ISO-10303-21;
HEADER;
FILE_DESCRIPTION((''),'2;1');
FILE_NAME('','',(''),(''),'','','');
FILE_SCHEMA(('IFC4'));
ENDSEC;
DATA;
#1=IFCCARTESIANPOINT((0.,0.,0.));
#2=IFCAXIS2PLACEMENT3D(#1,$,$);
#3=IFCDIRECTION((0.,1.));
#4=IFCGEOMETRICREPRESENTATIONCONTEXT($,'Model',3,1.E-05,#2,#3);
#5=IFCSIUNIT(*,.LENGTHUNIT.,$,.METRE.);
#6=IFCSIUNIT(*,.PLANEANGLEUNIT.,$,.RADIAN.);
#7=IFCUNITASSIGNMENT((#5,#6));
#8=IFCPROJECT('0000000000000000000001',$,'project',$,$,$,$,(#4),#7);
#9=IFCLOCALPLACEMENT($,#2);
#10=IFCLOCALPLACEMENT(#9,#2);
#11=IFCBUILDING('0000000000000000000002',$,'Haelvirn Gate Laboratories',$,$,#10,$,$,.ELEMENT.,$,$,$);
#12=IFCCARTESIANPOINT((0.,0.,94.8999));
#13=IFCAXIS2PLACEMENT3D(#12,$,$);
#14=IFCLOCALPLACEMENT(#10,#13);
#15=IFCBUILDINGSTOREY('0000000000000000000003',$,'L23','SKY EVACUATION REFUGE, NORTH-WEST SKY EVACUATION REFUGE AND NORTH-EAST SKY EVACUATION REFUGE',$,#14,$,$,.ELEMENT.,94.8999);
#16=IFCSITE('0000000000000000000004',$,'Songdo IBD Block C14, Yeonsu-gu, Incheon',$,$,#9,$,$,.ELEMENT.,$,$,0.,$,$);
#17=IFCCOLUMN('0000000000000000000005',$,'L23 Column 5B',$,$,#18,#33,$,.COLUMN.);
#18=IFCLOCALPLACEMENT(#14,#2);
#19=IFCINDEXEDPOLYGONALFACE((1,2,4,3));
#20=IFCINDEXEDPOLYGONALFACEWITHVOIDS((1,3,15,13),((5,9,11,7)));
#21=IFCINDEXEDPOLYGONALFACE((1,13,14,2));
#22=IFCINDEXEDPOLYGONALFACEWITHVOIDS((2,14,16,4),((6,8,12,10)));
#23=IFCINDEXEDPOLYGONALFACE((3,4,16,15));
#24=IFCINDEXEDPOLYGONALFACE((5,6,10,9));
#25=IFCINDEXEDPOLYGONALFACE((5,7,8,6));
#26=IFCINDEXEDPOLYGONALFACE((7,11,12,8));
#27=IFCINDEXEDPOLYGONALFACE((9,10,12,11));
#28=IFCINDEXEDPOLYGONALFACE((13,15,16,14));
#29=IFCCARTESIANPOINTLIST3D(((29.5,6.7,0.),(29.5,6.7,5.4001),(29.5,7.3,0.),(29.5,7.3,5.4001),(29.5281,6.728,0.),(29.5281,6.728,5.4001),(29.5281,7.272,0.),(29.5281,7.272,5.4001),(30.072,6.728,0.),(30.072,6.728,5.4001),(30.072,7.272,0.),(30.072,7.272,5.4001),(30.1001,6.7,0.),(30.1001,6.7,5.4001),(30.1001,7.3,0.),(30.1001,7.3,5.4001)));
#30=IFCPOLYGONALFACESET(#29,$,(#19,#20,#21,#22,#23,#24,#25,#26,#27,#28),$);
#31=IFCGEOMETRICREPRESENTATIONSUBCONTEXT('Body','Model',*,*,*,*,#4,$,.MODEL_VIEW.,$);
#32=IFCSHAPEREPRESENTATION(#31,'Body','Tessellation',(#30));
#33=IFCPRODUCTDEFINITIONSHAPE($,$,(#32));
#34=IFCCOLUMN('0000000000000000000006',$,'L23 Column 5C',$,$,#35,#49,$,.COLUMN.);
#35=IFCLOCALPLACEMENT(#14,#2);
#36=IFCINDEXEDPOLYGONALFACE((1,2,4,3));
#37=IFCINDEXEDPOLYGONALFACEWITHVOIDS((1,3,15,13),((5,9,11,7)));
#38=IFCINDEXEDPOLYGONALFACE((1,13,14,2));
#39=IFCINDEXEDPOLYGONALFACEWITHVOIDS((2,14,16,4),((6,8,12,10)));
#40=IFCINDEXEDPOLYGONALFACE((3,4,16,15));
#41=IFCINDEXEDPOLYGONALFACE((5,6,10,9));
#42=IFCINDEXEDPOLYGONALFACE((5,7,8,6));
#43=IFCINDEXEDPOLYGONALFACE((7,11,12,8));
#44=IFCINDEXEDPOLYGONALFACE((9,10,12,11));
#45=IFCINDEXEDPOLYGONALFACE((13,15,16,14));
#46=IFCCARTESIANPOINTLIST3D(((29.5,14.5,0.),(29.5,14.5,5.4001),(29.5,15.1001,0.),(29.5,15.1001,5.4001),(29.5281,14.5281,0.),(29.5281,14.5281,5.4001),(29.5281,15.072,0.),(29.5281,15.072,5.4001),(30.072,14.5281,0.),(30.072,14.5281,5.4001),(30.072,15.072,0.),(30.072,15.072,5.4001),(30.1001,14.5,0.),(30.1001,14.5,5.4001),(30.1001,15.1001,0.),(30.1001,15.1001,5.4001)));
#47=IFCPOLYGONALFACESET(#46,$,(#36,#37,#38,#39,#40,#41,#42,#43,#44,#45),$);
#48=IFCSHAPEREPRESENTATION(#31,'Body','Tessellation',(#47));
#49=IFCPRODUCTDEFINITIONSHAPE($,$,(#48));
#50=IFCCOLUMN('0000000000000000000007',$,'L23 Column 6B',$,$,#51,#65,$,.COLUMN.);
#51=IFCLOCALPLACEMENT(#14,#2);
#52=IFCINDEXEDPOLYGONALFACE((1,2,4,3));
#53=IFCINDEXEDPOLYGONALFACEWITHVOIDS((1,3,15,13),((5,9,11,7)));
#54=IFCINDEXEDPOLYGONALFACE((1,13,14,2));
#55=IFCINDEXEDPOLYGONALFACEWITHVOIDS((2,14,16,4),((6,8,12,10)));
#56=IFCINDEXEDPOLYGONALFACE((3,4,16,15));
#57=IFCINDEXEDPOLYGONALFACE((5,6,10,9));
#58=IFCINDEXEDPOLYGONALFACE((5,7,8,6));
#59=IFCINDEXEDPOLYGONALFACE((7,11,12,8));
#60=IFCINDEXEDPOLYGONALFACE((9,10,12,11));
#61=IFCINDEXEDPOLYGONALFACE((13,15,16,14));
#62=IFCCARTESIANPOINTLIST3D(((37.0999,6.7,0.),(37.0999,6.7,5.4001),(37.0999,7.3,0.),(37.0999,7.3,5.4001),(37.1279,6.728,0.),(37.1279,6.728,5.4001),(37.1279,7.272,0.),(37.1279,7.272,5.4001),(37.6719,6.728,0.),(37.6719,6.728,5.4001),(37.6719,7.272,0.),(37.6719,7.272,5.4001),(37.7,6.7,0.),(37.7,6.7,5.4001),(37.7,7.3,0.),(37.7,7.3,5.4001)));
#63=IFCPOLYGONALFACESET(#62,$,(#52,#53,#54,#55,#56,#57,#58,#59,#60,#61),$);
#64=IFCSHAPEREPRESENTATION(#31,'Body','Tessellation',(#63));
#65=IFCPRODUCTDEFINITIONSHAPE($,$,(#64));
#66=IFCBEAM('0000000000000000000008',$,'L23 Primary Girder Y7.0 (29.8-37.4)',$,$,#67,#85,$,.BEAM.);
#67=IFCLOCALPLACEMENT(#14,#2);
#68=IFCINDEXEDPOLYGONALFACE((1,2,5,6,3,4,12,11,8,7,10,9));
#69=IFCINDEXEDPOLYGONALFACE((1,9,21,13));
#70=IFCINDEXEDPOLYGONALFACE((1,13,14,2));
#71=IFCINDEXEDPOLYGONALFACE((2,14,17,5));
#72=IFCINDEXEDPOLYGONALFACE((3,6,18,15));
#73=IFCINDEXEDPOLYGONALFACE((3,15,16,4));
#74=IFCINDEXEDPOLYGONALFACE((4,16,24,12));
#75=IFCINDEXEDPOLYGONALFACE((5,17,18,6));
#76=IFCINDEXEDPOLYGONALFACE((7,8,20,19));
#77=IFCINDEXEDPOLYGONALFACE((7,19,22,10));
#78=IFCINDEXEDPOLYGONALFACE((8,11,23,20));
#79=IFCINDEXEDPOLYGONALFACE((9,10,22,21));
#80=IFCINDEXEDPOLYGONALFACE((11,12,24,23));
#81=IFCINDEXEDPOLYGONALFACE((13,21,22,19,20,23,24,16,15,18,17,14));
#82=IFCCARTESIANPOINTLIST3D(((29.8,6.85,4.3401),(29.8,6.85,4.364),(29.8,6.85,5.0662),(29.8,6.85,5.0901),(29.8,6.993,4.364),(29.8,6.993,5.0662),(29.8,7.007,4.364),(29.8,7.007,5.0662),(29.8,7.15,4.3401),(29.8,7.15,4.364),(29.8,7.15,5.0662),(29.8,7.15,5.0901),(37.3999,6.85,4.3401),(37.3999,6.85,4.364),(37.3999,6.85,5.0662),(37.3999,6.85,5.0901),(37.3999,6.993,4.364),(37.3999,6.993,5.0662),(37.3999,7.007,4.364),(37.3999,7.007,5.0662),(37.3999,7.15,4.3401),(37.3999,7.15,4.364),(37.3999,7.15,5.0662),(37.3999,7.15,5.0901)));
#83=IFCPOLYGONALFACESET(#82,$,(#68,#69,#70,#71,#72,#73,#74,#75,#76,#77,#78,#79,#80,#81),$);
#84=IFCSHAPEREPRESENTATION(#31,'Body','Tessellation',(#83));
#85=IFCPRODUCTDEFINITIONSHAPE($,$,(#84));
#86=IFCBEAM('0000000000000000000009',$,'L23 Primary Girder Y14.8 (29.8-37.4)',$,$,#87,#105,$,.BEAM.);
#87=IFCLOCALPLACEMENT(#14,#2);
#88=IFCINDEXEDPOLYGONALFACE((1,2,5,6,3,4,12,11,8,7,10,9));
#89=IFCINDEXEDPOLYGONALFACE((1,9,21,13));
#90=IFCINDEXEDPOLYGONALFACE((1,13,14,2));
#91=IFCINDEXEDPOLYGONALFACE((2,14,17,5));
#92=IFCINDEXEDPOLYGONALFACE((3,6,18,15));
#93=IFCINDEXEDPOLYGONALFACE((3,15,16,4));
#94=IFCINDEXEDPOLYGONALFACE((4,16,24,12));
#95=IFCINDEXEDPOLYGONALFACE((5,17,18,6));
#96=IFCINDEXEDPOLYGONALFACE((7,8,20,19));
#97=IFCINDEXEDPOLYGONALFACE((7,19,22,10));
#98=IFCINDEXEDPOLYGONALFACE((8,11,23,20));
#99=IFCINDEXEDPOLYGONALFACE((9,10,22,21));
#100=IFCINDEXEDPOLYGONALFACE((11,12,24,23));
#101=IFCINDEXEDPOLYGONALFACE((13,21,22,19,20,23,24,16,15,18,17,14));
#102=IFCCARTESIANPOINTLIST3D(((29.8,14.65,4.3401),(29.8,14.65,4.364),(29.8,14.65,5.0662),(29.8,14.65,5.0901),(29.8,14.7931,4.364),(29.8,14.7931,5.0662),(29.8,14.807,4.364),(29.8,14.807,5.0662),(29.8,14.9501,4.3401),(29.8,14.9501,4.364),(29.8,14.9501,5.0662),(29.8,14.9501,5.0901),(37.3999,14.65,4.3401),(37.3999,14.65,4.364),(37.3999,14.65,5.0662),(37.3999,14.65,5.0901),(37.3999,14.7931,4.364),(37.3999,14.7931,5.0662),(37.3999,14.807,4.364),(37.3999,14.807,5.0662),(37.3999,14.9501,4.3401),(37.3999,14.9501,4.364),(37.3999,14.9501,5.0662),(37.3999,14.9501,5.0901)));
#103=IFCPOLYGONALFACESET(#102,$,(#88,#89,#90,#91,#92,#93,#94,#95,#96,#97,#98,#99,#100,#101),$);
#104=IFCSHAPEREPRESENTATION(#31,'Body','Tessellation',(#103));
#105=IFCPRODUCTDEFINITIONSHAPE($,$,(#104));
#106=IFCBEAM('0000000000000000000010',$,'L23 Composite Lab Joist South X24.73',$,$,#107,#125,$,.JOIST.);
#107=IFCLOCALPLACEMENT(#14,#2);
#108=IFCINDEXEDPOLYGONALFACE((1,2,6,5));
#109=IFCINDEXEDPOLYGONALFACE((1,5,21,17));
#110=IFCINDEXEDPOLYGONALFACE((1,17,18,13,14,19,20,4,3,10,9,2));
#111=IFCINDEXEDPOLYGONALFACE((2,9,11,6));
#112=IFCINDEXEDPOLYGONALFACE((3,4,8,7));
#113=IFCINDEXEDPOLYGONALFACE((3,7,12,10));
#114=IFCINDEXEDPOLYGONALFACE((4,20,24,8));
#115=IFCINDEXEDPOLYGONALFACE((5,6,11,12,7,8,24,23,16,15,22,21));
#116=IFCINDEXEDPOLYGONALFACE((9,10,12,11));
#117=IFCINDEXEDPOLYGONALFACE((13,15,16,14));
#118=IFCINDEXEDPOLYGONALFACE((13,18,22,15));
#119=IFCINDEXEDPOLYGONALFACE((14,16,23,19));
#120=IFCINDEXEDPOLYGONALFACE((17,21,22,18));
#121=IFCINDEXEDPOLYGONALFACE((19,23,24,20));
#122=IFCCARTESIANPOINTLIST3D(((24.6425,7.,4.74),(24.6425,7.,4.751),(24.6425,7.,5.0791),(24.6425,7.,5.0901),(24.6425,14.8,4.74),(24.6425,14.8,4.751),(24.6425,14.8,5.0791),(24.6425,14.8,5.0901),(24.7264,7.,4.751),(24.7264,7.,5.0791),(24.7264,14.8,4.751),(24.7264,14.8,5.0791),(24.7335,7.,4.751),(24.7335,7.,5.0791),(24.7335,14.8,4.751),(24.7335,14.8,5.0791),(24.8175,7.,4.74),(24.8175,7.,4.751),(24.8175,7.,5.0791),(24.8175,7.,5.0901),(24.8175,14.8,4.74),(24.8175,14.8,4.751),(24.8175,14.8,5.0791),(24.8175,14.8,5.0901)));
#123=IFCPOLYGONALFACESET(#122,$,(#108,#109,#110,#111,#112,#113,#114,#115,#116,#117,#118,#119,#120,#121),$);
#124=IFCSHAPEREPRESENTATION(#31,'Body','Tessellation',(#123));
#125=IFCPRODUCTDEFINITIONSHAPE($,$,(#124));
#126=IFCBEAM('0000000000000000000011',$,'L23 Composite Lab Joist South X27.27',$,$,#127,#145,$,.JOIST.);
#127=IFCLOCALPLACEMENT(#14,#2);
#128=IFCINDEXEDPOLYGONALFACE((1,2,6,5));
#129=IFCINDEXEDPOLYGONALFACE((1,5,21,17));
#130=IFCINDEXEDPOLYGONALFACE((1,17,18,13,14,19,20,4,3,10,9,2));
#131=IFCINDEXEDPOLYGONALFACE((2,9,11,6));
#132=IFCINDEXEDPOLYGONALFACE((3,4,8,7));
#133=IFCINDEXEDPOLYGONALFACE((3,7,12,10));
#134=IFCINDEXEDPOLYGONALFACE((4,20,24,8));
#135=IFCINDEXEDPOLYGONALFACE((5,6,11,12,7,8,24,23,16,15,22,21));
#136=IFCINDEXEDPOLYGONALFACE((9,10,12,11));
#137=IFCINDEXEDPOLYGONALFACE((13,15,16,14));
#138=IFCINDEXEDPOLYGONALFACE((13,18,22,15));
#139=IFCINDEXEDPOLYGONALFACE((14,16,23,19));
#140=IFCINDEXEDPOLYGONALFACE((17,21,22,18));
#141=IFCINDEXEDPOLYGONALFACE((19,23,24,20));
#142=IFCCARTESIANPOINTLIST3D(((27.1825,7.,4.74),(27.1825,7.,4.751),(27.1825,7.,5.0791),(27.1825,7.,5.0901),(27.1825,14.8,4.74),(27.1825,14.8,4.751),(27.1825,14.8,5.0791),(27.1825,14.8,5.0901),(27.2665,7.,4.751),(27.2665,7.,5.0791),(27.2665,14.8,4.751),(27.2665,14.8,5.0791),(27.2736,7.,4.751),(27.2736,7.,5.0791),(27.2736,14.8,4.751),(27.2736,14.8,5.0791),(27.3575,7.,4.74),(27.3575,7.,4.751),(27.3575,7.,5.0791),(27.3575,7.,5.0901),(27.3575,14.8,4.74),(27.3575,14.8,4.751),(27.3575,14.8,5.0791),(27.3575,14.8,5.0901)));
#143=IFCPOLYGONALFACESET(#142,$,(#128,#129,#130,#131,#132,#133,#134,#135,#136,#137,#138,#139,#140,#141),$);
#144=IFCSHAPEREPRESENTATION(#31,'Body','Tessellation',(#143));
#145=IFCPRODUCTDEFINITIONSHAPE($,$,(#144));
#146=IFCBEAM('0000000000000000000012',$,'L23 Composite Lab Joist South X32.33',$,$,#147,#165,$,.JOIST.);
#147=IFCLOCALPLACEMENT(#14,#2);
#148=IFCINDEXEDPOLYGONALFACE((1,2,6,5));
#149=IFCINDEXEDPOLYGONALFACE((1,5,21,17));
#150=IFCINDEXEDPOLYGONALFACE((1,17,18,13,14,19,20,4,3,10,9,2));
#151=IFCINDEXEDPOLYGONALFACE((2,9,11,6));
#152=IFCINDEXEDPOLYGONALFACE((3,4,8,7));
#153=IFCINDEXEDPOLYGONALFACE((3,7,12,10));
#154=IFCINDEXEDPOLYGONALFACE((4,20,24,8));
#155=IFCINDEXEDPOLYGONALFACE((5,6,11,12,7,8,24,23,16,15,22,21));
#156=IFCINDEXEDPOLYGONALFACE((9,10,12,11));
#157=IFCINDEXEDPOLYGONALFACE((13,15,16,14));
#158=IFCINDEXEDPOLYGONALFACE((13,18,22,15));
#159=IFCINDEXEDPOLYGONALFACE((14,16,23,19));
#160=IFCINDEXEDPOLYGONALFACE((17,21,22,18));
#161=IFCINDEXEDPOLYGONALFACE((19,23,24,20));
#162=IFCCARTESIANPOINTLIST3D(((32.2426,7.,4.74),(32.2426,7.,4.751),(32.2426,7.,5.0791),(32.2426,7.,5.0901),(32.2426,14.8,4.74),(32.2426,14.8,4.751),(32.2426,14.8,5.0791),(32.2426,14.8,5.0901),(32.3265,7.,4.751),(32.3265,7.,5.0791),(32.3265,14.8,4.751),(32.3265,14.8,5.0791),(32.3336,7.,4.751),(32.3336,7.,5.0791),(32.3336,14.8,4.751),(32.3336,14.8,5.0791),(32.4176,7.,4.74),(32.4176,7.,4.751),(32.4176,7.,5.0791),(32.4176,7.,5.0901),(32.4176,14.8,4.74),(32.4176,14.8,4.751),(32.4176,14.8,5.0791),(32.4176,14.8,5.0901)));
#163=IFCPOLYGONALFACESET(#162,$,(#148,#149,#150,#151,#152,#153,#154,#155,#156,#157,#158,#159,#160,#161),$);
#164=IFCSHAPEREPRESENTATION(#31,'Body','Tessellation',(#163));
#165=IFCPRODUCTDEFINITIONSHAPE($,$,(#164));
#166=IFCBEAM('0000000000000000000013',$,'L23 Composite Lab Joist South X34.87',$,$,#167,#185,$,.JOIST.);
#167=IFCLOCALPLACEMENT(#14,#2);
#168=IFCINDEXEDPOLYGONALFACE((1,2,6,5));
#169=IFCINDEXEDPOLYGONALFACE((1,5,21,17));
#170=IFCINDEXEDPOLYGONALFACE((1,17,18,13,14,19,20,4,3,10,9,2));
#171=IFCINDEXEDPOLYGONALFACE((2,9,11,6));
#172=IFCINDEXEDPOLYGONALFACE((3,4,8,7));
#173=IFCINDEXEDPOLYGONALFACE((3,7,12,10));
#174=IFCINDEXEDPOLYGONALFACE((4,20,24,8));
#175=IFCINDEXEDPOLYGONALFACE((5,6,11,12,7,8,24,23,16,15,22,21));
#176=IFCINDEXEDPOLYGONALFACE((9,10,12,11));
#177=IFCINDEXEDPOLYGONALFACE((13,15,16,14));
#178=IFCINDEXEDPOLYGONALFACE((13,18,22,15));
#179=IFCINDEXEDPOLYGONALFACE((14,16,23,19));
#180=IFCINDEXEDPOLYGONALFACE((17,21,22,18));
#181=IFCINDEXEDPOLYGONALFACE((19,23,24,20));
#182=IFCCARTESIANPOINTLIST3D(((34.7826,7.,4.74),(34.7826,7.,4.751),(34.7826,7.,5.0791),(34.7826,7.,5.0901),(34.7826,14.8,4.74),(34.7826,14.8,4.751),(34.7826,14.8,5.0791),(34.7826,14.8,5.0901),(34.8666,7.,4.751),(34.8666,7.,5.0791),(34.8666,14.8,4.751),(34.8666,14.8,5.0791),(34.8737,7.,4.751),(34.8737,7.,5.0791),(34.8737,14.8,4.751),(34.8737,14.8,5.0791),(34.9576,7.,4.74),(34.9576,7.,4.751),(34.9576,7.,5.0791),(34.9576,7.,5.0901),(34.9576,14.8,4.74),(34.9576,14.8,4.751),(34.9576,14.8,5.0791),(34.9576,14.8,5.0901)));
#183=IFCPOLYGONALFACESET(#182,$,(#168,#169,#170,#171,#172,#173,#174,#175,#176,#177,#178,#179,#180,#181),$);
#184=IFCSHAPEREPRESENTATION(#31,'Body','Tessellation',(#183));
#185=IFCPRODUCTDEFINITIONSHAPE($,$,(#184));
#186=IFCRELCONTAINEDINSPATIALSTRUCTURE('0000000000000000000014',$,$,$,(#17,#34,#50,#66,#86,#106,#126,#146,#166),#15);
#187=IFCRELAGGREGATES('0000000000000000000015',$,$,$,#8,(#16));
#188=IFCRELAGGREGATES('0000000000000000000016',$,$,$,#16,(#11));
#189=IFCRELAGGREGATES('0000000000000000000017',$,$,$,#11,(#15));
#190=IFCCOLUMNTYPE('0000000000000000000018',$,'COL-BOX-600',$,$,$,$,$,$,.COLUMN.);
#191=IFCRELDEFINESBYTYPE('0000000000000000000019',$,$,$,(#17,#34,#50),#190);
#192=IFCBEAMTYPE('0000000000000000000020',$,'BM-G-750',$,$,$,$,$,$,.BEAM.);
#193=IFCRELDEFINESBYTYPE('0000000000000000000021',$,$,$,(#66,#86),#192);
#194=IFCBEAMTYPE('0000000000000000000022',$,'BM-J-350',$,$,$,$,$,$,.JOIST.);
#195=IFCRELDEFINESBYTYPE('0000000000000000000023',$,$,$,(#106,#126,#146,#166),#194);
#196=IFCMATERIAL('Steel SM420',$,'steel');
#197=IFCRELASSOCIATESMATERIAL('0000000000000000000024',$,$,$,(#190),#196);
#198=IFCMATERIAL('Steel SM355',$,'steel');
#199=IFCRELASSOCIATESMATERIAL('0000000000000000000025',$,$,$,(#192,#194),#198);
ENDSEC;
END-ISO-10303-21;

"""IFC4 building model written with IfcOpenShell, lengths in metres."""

from ifc_helpers import new_model, si_unit, direction, frame, origin, origin_2d, place, context, subcontext, project, spatial, hollow_rectangle, i_section, extrude, source, transform, mapped, material, material_profile, profile_set, type_object, type_shapes, element, save


model = new_model("IFC4")

# Units and contexts
model_context = context("Model", 3, precision=1e-05, world=origin(), true_north=direction((0.0, 1.0)))
body_context = subcontext(model_context, "Body", "Model", "MODEL_VIEW")
ifc_project = project(units=[si_unit("LENGTHUNIT", "METRE"), si_unit("PLANEANGLEUNIT", "RADIAN")], contexts=[model_context])

# Site, building, storey
site_placement = place(None, origin())
site = spatial("IfcSite", under=ifc_project, at=site_placement, Name="Songdo IBD Block C14, Yeonsu-gu, Incheon", CompositionType="ELEMENT", RefElevation=0.0)
building_placement = place(site_placement, origin())
building = spatial("IfcBuilding", under=site, at=building_placement, Name="Haelvirn Gate Laboratories", CompositionType="ELEMENT")
storey_placement = place(building_placement, frame((0.0, 0.0, 94.8999)))
storey = spatial("IfcBuildingStorey", under=building, at=storey_placement, Name="L23", Description="SKY EVACUATION REFUGE, NORTH-WEST SKY EVACUATION REFUGE AND NORTH-EAST SKY EVACUATION REFUGE", CompositionType="ELEMENT", Elevation=94.8999)

# Columns
ifc_material_1 = material(Name="Steel SM420", Category="steel")
ifc_material_profile_1 = material_profile(ifc_material_1, hollow_rectangle(XDim=0.6001, YDim=0.6001, WallThickness=0.0281, at=origin_2d()), Name="BOX-600x600x28")
ifc_profile_set_1 = profile_set([ifc_material_profile_1], Name="Steel SM420")
column_type = type_object("IfcColumnType", Name="COL-BOX-600", PredefinedType="COLUMN", material=ifc_profile_set_1)
shared_shape_1 = source(origin(), body_context, "Body", "SweptSolid", [
    extrude(hollow_rectangle(XDim=0.6001, YDim=0.6001, WallThickness=0.0281, at=origin_2d()), origin(), (0.0, 0.0, 1.0), 5.4001),
])
type_shapes(column_type, [shared_shape_1])
for number, where, z_axis, x_axis, name in (
    (1, (29.8, 7.0, 0.0), (0.0, 0.0, 1.0), (1.0, 0.0, 0.0), "L23 Column 5B"),
    (2, (29.8, 14.8, 0.0), (0.0, 0.0, 1.0), (1.0, 0.0, 0.0), "L23 Column 5C"),
    (3, (37.3999, 7.0, 0.0), (0.0, 0.0, 1.0), (1.0, 0.0, 0.0), "L23 Column 6B"),
):
    element("IfcColumn", number, at=place(storey_placement, frame(where, z_axis=z_axis, x_axis=x_axis)), inside=storey, type_object=column_type, Name=name, PredefinedType="COLUMN", context=body_context, shape_type="MappedRepresentation", body=[
        mapped(shared_shape_1, transform((0.0, 0.0, 0.0), scale=1.0)),
    ])

# Beams
ifc_material_2 = material(Name="Steel SM355", Category="steel")
ifc_material_profile_2 = material_profile(ifc_material_2, i_section(OverallWidth=0.3, OverallDepth=0.75, WebThickness=0.0139, FlangeThickness=0.0239, at=origin_2d()), Name="H-750x300x14x24")
ifc_profile_set_2 = profile_set([ifc_material_profile_2], Name="Steel SM355")
beam_type_1 = type_object("IfcBeamType", Name="BM-G-750", PredefinedType="BEAM", material=ifc_profile_set_2)
shared_shape_2 = source(origin(), body_context, "Body", "SweptSolid", [
    extrude(i_section(OverallWidth=0.3, OverallDepth=0.75, WebThickness=0.0139, FlangeThickness=0.0239, at=origin_2d()), origin(), (0.0, 0.0, 1.0), 7.5999),
])
type_shapes(beam_type_1, [shared_shape_2])
for number, where, z_axis, x_axis, name in (
    (4, (29.8, 7.0, 4.7151), (1.0, 0.0, 0.0), (0.0, 1.0, 0.0), "L23 Primary Girder Y7.0 (29.8-37.4)"),
    (5, (29.8, 14.8, 4.7151), (1.0, 0.0, 0.0), (0.0, 1.0, 0.0), "L23 Primary Girder Y14.8 (29.8-37.4)"),
):
    element("IfcBeam", number, at=place(storey_placement, frame(where, z_axis=z_axis, x_axis=x_axis)), inside=storey, type_object=beam_type_1, Name=name, PredefinedType="BEAM", context=body_context, shape_type="MappedRepresentation", body=[
        mapped(shared_shape_2, transform((0.0, 0.0, 0.0), scale=1.0)),
    ])
ifc_material_profile_3 = material_profile(ifc_material_2, i_section(OverallWidth=0.175, OverallDepth=0.3501, WebThickness=0.0071, FlangeThickness=0.011, at=origin_2d()), Name="H-350x175x7x11")
ifc_profile_set_3 = profile_set([ifc_material_profile_3], Name="Steel SM355")
beam_type_2 = type_object("IfcBeamType", Name="BM-J-350", PredefinedType="JOIST", material=ifc_profile_set_3)
shared_shape_3 = source(origin(), body_context, "Body", "SweptSolid", [
    extrude(i_section(OverallWidth=0.175, OverallDepth=0.3501, WebThickness=0.0071, FlangeThickness=0.011, at=origin_2d()), origin(), (0.0, 0.0, 1.0), 7.8),
])
type_shapes(beam_type_2, [shared_shape_3])
for number, where, z_axis, x_axis, name in (
    (6, (24.73, 7.0, 4.915), (0.0, 1.0, 0.0), (-1.0, 0.0, 0.0), "L23 Composite Lab Joist South X24.73"),
    (7, (27.27, 7.0, 4.915), (0.0, 1.0, 0.0), (-1.0, 0.0, 0.0), "L23 Composite Lab Joist South X27.27"),
    (8, (32.3301, 7.0, 4.915), (0.0, 1.0, 0.0), (-1.0, 0.0, 0.0), "L23 Composite Lab Joist South X32.33"),
    (9, (34.8701, 7.0, 4.915), (0.0, 1.0, 0.0), (-1.0, 0.0, 0.0), "L23 Composite Lab Joist South X34.87"),
):
    element("IfcBeam", number, at=place(storey_placement, frame(where, z_axis=z_axis, x_axis=x_axis)), inside=storey, type_object=beam_type_2, Name=name, PredefinedType="JOIST", context=body_context, shape_type="MappedRepresentation", body=[
        mapped(shared_shape_3, transform((0.0, 0.0, 0.0), scale=1.0)),
    ])

save(model, "model.ifc")
